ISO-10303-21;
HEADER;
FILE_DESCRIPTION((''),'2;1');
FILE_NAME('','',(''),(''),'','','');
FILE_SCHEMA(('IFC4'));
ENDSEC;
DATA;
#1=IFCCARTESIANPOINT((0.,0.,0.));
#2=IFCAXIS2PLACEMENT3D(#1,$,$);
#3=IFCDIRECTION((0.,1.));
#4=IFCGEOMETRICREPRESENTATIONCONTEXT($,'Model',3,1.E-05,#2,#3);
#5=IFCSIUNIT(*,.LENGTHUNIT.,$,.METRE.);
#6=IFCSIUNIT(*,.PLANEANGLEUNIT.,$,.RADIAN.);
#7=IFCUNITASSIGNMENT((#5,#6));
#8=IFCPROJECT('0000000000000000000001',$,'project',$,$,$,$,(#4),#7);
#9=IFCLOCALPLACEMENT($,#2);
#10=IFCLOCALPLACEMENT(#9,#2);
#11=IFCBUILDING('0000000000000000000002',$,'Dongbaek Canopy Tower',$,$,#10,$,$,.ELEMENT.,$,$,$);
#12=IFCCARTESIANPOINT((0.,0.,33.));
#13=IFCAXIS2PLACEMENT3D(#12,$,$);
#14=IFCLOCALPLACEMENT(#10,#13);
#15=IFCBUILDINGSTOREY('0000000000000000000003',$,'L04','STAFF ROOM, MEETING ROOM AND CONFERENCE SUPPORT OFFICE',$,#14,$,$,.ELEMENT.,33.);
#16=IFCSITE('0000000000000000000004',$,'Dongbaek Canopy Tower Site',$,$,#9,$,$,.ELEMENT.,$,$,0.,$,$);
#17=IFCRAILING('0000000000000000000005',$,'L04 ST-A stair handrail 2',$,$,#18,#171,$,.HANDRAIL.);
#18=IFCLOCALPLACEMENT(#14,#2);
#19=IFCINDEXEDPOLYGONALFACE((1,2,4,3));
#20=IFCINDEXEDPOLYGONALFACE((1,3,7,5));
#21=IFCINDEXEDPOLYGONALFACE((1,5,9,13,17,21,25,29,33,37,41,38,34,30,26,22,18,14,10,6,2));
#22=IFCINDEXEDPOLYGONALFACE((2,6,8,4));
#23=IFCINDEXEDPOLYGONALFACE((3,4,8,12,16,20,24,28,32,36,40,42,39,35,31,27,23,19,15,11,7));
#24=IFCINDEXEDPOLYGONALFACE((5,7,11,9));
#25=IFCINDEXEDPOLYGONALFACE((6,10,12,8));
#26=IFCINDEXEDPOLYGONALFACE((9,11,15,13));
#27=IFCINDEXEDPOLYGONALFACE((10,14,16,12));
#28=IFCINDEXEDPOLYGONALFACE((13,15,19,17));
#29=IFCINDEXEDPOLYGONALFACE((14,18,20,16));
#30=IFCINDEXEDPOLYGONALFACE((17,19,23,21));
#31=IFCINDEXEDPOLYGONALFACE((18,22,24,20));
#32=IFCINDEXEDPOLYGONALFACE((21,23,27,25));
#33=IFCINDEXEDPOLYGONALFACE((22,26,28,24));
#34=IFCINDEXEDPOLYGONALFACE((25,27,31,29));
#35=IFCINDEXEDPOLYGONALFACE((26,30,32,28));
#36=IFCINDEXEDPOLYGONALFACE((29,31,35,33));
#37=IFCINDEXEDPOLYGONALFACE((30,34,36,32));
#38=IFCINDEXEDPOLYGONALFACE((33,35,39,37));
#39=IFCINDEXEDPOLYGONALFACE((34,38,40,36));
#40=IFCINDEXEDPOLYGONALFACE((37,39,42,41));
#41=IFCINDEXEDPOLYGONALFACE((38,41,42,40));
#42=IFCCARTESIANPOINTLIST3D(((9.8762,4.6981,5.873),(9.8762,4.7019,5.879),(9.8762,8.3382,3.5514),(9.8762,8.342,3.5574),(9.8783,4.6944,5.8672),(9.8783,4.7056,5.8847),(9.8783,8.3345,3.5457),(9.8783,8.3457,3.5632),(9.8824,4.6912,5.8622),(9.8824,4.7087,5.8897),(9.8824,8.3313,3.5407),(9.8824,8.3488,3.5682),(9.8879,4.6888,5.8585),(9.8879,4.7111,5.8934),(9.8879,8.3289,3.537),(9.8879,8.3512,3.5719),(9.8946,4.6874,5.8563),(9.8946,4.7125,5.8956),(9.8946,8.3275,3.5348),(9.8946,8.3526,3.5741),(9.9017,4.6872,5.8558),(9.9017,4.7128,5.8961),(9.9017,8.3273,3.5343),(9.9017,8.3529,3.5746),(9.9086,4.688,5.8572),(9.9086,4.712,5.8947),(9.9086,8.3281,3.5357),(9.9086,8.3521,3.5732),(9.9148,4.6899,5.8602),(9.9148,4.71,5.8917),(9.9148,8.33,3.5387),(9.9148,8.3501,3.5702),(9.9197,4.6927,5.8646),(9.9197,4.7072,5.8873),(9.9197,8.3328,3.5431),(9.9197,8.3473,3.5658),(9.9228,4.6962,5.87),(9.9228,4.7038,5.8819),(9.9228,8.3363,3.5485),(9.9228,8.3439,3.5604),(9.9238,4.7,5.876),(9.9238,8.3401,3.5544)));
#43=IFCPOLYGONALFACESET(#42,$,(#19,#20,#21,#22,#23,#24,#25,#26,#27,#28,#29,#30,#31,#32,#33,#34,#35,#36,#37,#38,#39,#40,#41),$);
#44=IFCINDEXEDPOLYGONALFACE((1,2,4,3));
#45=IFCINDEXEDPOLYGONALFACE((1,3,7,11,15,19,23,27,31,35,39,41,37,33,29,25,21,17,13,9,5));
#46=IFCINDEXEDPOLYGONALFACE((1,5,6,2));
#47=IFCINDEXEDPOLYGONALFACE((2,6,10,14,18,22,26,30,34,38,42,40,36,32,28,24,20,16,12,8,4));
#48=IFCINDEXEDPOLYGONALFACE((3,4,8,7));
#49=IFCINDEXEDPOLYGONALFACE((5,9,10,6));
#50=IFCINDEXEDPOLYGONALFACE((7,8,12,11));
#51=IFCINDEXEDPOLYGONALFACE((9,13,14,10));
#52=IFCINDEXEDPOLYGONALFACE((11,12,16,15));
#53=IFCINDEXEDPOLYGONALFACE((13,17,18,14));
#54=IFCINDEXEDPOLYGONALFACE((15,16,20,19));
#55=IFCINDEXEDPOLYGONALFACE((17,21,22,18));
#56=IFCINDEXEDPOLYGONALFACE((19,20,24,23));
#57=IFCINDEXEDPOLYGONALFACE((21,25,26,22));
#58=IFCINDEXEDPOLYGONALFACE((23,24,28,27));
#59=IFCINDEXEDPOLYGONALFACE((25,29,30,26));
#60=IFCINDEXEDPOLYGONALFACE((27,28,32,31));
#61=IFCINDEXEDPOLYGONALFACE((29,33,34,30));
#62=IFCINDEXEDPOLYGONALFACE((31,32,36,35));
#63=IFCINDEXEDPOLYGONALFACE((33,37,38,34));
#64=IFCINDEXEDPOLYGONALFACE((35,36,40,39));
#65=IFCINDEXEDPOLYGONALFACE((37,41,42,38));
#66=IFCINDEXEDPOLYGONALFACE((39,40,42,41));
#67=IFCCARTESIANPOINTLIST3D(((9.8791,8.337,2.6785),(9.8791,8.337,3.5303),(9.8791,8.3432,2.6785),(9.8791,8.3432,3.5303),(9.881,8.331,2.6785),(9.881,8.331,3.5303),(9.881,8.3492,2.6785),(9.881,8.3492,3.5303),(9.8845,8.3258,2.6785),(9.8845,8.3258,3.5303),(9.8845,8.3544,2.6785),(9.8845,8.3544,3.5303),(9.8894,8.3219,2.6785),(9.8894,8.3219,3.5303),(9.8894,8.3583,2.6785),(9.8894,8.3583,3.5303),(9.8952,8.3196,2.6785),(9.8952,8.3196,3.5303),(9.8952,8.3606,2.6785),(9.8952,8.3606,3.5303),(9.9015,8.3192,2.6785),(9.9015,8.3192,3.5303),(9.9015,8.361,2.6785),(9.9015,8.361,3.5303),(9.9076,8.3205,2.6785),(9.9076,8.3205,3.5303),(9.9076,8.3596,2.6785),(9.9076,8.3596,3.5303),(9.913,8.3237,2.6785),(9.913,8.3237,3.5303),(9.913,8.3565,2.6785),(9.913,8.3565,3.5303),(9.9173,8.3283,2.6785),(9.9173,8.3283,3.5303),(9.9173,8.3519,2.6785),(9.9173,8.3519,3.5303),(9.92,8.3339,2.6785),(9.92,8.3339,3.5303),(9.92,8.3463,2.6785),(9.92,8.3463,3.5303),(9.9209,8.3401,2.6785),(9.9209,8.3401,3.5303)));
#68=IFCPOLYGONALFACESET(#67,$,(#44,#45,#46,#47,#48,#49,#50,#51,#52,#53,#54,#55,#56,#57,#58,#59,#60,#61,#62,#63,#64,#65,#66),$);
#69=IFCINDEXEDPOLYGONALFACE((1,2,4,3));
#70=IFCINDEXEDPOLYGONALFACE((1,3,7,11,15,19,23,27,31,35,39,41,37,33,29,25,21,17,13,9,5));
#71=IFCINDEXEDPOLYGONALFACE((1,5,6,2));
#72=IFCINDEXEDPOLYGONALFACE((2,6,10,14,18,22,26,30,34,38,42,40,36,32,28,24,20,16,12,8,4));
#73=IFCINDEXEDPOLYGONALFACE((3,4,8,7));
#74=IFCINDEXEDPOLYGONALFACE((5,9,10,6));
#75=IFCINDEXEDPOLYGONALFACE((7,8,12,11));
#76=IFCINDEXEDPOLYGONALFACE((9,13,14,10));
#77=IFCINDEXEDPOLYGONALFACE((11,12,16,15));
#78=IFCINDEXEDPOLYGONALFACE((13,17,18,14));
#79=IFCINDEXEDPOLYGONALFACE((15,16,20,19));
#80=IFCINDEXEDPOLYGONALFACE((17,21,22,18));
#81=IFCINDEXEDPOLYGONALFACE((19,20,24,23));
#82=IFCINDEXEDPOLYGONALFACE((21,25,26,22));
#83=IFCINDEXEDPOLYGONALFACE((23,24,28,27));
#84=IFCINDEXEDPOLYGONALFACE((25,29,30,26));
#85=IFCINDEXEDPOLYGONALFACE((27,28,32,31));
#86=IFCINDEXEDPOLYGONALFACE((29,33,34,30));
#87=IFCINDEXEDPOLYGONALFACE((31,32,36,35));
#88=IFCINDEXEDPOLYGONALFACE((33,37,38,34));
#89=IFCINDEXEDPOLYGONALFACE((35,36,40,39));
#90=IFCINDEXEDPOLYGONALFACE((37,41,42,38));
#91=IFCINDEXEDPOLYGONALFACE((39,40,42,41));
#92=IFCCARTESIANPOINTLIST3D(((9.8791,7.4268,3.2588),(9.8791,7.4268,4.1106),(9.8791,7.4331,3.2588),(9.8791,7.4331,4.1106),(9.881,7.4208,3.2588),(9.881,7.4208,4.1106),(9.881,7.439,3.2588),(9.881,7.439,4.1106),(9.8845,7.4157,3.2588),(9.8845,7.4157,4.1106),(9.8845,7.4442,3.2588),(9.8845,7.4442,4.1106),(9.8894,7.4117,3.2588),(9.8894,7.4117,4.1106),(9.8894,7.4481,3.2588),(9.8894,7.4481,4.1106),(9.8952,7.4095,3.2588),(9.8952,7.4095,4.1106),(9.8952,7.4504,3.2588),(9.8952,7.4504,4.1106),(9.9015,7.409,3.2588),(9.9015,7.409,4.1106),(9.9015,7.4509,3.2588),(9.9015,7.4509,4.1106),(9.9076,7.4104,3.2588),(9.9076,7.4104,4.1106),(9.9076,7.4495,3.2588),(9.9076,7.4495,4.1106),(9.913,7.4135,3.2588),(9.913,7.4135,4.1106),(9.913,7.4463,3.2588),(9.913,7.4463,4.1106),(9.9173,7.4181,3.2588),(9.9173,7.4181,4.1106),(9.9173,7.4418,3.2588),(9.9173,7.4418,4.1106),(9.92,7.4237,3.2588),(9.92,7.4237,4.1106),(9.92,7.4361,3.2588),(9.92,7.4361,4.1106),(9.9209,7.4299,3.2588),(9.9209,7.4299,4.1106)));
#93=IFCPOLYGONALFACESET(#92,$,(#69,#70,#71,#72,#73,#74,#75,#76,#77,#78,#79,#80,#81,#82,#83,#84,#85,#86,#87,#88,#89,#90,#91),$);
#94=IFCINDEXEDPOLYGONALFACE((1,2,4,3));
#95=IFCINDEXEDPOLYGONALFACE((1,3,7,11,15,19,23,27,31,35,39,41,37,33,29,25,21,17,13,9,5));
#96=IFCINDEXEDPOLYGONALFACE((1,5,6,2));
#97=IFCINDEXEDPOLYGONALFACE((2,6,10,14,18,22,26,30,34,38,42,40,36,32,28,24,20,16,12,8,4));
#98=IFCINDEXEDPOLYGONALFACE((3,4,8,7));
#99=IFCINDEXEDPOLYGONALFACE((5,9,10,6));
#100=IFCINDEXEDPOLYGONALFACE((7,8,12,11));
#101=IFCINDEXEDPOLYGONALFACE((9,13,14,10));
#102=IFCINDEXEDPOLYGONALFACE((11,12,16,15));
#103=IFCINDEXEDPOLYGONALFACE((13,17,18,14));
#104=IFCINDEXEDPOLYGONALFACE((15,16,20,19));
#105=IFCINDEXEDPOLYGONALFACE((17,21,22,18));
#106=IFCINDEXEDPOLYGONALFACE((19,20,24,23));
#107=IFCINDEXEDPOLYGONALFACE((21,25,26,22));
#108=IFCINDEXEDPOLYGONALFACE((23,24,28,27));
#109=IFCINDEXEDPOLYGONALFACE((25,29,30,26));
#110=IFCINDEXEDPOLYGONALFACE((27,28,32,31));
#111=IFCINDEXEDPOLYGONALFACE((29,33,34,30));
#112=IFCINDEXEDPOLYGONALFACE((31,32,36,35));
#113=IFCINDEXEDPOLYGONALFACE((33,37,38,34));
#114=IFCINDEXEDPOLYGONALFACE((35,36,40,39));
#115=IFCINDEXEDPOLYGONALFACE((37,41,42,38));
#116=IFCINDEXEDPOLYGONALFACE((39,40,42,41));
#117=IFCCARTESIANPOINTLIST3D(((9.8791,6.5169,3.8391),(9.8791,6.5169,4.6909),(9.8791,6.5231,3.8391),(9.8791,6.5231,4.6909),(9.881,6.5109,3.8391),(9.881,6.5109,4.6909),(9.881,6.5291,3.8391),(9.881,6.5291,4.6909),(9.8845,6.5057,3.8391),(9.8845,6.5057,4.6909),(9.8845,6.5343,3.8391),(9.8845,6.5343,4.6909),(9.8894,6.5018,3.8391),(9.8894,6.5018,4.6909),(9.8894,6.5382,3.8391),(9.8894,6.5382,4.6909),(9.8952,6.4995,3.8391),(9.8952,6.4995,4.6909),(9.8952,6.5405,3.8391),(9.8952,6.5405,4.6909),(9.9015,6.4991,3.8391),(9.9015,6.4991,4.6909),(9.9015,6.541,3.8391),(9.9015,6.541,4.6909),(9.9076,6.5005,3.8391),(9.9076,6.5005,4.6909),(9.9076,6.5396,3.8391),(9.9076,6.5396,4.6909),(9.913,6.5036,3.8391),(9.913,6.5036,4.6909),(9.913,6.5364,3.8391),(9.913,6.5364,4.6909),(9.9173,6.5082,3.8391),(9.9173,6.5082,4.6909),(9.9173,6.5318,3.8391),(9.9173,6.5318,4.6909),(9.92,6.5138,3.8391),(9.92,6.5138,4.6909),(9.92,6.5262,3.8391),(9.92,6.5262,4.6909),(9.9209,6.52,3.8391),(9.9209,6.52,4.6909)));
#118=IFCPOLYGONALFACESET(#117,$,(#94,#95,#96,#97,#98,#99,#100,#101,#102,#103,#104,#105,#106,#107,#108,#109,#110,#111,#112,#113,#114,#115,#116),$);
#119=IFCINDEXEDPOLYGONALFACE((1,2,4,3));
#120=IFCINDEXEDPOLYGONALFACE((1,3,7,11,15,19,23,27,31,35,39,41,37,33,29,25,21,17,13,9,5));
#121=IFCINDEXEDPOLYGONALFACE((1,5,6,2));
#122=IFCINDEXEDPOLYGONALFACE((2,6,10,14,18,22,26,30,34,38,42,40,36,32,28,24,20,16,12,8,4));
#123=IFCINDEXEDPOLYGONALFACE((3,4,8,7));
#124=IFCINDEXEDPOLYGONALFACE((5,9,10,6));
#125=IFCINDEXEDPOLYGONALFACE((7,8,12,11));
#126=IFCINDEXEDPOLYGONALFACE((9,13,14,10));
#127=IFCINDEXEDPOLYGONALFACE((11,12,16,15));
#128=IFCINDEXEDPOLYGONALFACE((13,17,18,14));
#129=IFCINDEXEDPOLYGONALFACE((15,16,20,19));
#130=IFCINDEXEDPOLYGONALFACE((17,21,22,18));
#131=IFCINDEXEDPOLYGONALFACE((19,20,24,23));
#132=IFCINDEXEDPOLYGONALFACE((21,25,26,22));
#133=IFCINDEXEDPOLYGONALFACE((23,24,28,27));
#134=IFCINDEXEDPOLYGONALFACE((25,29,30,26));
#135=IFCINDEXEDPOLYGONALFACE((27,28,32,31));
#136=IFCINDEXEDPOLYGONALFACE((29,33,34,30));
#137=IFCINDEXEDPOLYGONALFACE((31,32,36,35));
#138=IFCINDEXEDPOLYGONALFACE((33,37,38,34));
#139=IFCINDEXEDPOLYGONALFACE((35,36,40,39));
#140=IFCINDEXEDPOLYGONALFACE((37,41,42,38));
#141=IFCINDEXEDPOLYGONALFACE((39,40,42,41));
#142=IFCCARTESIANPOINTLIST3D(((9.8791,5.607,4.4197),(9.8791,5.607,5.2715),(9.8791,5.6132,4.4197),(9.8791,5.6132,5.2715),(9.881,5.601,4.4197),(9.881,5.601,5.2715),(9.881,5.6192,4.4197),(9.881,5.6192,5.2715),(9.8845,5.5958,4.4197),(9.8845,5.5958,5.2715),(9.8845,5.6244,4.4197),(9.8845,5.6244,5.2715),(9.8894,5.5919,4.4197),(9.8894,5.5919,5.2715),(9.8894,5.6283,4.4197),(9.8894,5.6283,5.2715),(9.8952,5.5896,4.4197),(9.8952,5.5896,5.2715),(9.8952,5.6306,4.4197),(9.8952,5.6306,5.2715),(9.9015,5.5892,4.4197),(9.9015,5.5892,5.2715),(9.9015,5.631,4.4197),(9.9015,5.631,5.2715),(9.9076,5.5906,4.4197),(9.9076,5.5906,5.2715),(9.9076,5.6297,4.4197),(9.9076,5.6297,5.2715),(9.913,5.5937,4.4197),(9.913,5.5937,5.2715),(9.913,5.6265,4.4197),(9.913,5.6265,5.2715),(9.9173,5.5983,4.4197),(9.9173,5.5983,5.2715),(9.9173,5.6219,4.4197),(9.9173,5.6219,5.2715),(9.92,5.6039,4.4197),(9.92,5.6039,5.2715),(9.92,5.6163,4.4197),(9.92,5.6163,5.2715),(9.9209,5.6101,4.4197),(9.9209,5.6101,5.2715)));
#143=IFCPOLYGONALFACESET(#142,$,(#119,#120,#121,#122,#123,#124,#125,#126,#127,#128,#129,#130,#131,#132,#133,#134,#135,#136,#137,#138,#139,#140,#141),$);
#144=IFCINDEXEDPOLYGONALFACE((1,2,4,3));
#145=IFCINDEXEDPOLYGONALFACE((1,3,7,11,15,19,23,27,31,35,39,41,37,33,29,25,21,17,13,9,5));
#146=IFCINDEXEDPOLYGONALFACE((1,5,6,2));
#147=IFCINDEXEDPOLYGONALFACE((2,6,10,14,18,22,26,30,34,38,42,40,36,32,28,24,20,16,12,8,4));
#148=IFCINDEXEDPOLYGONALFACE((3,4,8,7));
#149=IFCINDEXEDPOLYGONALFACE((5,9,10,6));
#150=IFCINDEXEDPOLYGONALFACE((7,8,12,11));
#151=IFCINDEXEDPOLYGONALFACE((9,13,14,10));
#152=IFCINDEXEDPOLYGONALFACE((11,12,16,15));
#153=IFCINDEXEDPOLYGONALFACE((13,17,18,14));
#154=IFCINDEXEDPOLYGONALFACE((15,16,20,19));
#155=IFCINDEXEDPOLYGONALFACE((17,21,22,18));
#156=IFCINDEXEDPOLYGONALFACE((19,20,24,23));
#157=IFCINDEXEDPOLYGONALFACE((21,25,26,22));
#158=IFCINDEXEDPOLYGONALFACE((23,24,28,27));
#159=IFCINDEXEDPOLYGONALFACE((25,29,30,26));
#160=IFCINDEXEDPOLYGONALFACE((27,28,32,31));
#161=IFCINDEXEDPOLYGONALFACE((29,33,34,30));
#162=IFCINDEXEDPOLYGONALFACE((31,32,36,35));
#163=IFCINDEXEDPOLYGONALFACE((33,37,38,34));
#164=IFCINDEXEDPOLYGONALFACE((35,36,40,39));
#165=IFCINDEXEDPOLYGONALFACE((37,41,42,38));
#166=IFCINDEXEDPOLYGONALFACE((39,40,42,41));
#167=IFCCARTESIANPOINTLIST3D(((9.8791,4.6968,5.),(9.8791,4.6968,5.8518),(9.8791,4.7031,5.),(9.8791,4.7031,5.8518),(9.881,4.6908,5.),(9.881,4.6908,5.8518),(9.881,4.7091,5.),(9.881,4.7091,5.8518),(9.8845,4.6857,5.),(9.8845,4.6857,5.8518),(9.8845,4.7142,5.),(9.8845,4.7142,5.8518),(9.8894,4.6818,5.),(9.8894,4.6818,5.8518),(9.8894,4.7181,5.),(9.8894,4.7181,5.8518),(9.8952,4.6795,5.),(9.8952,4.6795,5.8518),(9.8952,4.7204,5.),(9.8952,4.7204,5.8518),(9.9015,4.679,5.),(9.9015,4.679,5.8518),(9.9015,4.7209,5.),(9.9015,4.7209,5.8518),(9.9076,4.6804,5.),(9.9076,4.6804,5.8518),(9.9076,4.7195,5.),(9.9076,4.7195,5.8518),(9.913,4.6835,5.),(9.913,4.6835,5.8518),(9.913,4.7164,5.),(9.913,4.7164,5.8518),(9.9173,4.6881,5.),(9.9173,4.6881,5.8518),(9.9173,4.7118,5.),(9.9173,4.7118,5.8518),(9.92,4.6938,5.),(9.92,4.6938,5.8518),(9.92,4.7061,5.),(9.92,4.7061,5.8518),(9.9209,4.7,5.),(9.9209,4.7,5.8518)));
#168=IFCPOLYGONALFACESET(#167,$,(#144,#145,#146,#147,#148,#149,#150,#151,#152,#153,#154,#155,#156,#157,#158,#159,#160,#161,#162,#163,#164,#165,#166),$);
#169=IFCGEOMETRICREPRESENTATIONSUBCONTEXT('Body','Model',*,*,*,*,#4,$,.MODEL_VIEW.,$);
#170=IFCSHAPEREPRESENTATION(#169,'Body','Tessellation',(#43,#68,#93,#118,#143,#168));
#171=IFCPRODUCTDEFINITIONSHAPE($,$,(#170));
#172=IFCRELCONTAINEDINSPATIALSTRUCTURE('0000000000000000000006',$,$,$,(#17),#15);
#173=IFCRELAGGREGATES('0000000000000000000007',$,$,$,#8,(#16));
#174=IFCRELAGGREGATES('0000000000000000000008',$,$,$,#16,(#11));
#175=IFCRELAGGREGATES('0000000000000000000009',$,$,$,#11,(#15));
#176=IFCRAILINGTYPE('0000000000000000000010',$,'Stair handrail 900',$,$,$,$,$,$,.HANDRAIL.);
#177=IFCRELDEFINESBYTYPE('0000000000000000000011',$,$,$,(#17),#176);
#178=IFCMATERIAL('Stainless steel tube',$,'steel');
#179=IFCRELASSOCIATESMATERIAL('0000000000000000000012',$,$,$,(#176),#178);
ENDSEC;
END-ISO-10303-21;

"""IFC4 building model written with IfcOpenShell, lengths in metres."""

from ifc_helpers import new_model, si_unit, direction, frame, origin, origin_2d, place, context, subcontext, project, spatial, circle, extrude, material, type_object, element, save


model = new_model("IFC4")

# Units and contexts
model_context = context("Model", 3, precision=1e-05, world=origin(), true_north=direction((0.0, 1.0)))
body_context = subcontext(model_context, "Body", "Model", "MODEL_VIEW")
ifc_project = project(units=[si_unit("LENGTHUNIT", "METRE"), si_unit("PLANEANGLEUNIT", "RADIAN")], contexts=[model_context])

# Site, building, storey
site_placement = place(None, origin())
site = spatial("IfcSite", under=ifc_project, at=site_placement, Name="Dongbaek Canopy Tower Site", CompositionType="ELEMENT", RefElevation=0.0)
building_placement = place(site_placement, origin())
building = spatial("IfcBuilding", under=site, at=building_placement, Name="Dongbaek Canopy Tower", CompositionType="ELEMENT")
storey_placement = place(building_placement, frame((0.0, 0.0, 33.0)))
storey = spatial("IfcBuildingStorey", under=building, at=storey_placement, Name="L04", Description="STAFF ROOM, MEETING ROOM AND CONFERENCE SUPPORT OFFICE", CompositionType="ELEMENT", Elevation=33.0)

# Railing
ifc_material_1 = material(Name="Stainless steel tube", Category="steel")
railing_type_1 = type_object("IfcRailingType", Name="Stair handrail 900", PredefinedType="HANDRAIL", material=ifc_material_1)
railing_1_placement = place(storey_placement, frame((9.8999, 8.3401, 2.6785)))
element("IfcRailing", 1, at=railing_1_placement, inside=storey, type_object=railing_type_1, Name="L04 ST-A stair handrail 2", PredefinedType="HANDRAIL", context=body_context, shape_type="SweptSolid", body=[
    extrude(circle(Radius=0.0239, at=origin_2d()), frame((0.0, 0.0, 0.876), z_axis=(0.0, -0.843128, 0.537713), x_axis=(1.0, 0.0, 0.0)), (0.0, 0.0, 1.0), 4.3174),
    extrude(circle(Radius=0.021, at=origin_2d()), origin(), (0.0, 0.0, 1.0), 0.8518),
    extrude(circle(Radius=0.021, at=origin_2d()), frame((0.0, -0.9102, 0.5803)), (0.0, 0.0, 1.0), 0.8518),
    extrude(circle(Radius=0.021, at=origin_2d()), frame((0.0, -1.8201, 1.1606)), (0.0, 0.0, 1.0), 0.8518),
    extrude(circle(Radius=0.021, at=origin_2d()), frame((0.0, -2.73, 1.7412)), (0.0, 0.0, 1.0), 0.8518),
    extrude(circle(Radius=0.021, at=origin_2d()), frame((0.0, -3.6401, 2.3215)), (0.0, 0.0, 1.0), 0.8518),
])

save(model, "model.ifc")
